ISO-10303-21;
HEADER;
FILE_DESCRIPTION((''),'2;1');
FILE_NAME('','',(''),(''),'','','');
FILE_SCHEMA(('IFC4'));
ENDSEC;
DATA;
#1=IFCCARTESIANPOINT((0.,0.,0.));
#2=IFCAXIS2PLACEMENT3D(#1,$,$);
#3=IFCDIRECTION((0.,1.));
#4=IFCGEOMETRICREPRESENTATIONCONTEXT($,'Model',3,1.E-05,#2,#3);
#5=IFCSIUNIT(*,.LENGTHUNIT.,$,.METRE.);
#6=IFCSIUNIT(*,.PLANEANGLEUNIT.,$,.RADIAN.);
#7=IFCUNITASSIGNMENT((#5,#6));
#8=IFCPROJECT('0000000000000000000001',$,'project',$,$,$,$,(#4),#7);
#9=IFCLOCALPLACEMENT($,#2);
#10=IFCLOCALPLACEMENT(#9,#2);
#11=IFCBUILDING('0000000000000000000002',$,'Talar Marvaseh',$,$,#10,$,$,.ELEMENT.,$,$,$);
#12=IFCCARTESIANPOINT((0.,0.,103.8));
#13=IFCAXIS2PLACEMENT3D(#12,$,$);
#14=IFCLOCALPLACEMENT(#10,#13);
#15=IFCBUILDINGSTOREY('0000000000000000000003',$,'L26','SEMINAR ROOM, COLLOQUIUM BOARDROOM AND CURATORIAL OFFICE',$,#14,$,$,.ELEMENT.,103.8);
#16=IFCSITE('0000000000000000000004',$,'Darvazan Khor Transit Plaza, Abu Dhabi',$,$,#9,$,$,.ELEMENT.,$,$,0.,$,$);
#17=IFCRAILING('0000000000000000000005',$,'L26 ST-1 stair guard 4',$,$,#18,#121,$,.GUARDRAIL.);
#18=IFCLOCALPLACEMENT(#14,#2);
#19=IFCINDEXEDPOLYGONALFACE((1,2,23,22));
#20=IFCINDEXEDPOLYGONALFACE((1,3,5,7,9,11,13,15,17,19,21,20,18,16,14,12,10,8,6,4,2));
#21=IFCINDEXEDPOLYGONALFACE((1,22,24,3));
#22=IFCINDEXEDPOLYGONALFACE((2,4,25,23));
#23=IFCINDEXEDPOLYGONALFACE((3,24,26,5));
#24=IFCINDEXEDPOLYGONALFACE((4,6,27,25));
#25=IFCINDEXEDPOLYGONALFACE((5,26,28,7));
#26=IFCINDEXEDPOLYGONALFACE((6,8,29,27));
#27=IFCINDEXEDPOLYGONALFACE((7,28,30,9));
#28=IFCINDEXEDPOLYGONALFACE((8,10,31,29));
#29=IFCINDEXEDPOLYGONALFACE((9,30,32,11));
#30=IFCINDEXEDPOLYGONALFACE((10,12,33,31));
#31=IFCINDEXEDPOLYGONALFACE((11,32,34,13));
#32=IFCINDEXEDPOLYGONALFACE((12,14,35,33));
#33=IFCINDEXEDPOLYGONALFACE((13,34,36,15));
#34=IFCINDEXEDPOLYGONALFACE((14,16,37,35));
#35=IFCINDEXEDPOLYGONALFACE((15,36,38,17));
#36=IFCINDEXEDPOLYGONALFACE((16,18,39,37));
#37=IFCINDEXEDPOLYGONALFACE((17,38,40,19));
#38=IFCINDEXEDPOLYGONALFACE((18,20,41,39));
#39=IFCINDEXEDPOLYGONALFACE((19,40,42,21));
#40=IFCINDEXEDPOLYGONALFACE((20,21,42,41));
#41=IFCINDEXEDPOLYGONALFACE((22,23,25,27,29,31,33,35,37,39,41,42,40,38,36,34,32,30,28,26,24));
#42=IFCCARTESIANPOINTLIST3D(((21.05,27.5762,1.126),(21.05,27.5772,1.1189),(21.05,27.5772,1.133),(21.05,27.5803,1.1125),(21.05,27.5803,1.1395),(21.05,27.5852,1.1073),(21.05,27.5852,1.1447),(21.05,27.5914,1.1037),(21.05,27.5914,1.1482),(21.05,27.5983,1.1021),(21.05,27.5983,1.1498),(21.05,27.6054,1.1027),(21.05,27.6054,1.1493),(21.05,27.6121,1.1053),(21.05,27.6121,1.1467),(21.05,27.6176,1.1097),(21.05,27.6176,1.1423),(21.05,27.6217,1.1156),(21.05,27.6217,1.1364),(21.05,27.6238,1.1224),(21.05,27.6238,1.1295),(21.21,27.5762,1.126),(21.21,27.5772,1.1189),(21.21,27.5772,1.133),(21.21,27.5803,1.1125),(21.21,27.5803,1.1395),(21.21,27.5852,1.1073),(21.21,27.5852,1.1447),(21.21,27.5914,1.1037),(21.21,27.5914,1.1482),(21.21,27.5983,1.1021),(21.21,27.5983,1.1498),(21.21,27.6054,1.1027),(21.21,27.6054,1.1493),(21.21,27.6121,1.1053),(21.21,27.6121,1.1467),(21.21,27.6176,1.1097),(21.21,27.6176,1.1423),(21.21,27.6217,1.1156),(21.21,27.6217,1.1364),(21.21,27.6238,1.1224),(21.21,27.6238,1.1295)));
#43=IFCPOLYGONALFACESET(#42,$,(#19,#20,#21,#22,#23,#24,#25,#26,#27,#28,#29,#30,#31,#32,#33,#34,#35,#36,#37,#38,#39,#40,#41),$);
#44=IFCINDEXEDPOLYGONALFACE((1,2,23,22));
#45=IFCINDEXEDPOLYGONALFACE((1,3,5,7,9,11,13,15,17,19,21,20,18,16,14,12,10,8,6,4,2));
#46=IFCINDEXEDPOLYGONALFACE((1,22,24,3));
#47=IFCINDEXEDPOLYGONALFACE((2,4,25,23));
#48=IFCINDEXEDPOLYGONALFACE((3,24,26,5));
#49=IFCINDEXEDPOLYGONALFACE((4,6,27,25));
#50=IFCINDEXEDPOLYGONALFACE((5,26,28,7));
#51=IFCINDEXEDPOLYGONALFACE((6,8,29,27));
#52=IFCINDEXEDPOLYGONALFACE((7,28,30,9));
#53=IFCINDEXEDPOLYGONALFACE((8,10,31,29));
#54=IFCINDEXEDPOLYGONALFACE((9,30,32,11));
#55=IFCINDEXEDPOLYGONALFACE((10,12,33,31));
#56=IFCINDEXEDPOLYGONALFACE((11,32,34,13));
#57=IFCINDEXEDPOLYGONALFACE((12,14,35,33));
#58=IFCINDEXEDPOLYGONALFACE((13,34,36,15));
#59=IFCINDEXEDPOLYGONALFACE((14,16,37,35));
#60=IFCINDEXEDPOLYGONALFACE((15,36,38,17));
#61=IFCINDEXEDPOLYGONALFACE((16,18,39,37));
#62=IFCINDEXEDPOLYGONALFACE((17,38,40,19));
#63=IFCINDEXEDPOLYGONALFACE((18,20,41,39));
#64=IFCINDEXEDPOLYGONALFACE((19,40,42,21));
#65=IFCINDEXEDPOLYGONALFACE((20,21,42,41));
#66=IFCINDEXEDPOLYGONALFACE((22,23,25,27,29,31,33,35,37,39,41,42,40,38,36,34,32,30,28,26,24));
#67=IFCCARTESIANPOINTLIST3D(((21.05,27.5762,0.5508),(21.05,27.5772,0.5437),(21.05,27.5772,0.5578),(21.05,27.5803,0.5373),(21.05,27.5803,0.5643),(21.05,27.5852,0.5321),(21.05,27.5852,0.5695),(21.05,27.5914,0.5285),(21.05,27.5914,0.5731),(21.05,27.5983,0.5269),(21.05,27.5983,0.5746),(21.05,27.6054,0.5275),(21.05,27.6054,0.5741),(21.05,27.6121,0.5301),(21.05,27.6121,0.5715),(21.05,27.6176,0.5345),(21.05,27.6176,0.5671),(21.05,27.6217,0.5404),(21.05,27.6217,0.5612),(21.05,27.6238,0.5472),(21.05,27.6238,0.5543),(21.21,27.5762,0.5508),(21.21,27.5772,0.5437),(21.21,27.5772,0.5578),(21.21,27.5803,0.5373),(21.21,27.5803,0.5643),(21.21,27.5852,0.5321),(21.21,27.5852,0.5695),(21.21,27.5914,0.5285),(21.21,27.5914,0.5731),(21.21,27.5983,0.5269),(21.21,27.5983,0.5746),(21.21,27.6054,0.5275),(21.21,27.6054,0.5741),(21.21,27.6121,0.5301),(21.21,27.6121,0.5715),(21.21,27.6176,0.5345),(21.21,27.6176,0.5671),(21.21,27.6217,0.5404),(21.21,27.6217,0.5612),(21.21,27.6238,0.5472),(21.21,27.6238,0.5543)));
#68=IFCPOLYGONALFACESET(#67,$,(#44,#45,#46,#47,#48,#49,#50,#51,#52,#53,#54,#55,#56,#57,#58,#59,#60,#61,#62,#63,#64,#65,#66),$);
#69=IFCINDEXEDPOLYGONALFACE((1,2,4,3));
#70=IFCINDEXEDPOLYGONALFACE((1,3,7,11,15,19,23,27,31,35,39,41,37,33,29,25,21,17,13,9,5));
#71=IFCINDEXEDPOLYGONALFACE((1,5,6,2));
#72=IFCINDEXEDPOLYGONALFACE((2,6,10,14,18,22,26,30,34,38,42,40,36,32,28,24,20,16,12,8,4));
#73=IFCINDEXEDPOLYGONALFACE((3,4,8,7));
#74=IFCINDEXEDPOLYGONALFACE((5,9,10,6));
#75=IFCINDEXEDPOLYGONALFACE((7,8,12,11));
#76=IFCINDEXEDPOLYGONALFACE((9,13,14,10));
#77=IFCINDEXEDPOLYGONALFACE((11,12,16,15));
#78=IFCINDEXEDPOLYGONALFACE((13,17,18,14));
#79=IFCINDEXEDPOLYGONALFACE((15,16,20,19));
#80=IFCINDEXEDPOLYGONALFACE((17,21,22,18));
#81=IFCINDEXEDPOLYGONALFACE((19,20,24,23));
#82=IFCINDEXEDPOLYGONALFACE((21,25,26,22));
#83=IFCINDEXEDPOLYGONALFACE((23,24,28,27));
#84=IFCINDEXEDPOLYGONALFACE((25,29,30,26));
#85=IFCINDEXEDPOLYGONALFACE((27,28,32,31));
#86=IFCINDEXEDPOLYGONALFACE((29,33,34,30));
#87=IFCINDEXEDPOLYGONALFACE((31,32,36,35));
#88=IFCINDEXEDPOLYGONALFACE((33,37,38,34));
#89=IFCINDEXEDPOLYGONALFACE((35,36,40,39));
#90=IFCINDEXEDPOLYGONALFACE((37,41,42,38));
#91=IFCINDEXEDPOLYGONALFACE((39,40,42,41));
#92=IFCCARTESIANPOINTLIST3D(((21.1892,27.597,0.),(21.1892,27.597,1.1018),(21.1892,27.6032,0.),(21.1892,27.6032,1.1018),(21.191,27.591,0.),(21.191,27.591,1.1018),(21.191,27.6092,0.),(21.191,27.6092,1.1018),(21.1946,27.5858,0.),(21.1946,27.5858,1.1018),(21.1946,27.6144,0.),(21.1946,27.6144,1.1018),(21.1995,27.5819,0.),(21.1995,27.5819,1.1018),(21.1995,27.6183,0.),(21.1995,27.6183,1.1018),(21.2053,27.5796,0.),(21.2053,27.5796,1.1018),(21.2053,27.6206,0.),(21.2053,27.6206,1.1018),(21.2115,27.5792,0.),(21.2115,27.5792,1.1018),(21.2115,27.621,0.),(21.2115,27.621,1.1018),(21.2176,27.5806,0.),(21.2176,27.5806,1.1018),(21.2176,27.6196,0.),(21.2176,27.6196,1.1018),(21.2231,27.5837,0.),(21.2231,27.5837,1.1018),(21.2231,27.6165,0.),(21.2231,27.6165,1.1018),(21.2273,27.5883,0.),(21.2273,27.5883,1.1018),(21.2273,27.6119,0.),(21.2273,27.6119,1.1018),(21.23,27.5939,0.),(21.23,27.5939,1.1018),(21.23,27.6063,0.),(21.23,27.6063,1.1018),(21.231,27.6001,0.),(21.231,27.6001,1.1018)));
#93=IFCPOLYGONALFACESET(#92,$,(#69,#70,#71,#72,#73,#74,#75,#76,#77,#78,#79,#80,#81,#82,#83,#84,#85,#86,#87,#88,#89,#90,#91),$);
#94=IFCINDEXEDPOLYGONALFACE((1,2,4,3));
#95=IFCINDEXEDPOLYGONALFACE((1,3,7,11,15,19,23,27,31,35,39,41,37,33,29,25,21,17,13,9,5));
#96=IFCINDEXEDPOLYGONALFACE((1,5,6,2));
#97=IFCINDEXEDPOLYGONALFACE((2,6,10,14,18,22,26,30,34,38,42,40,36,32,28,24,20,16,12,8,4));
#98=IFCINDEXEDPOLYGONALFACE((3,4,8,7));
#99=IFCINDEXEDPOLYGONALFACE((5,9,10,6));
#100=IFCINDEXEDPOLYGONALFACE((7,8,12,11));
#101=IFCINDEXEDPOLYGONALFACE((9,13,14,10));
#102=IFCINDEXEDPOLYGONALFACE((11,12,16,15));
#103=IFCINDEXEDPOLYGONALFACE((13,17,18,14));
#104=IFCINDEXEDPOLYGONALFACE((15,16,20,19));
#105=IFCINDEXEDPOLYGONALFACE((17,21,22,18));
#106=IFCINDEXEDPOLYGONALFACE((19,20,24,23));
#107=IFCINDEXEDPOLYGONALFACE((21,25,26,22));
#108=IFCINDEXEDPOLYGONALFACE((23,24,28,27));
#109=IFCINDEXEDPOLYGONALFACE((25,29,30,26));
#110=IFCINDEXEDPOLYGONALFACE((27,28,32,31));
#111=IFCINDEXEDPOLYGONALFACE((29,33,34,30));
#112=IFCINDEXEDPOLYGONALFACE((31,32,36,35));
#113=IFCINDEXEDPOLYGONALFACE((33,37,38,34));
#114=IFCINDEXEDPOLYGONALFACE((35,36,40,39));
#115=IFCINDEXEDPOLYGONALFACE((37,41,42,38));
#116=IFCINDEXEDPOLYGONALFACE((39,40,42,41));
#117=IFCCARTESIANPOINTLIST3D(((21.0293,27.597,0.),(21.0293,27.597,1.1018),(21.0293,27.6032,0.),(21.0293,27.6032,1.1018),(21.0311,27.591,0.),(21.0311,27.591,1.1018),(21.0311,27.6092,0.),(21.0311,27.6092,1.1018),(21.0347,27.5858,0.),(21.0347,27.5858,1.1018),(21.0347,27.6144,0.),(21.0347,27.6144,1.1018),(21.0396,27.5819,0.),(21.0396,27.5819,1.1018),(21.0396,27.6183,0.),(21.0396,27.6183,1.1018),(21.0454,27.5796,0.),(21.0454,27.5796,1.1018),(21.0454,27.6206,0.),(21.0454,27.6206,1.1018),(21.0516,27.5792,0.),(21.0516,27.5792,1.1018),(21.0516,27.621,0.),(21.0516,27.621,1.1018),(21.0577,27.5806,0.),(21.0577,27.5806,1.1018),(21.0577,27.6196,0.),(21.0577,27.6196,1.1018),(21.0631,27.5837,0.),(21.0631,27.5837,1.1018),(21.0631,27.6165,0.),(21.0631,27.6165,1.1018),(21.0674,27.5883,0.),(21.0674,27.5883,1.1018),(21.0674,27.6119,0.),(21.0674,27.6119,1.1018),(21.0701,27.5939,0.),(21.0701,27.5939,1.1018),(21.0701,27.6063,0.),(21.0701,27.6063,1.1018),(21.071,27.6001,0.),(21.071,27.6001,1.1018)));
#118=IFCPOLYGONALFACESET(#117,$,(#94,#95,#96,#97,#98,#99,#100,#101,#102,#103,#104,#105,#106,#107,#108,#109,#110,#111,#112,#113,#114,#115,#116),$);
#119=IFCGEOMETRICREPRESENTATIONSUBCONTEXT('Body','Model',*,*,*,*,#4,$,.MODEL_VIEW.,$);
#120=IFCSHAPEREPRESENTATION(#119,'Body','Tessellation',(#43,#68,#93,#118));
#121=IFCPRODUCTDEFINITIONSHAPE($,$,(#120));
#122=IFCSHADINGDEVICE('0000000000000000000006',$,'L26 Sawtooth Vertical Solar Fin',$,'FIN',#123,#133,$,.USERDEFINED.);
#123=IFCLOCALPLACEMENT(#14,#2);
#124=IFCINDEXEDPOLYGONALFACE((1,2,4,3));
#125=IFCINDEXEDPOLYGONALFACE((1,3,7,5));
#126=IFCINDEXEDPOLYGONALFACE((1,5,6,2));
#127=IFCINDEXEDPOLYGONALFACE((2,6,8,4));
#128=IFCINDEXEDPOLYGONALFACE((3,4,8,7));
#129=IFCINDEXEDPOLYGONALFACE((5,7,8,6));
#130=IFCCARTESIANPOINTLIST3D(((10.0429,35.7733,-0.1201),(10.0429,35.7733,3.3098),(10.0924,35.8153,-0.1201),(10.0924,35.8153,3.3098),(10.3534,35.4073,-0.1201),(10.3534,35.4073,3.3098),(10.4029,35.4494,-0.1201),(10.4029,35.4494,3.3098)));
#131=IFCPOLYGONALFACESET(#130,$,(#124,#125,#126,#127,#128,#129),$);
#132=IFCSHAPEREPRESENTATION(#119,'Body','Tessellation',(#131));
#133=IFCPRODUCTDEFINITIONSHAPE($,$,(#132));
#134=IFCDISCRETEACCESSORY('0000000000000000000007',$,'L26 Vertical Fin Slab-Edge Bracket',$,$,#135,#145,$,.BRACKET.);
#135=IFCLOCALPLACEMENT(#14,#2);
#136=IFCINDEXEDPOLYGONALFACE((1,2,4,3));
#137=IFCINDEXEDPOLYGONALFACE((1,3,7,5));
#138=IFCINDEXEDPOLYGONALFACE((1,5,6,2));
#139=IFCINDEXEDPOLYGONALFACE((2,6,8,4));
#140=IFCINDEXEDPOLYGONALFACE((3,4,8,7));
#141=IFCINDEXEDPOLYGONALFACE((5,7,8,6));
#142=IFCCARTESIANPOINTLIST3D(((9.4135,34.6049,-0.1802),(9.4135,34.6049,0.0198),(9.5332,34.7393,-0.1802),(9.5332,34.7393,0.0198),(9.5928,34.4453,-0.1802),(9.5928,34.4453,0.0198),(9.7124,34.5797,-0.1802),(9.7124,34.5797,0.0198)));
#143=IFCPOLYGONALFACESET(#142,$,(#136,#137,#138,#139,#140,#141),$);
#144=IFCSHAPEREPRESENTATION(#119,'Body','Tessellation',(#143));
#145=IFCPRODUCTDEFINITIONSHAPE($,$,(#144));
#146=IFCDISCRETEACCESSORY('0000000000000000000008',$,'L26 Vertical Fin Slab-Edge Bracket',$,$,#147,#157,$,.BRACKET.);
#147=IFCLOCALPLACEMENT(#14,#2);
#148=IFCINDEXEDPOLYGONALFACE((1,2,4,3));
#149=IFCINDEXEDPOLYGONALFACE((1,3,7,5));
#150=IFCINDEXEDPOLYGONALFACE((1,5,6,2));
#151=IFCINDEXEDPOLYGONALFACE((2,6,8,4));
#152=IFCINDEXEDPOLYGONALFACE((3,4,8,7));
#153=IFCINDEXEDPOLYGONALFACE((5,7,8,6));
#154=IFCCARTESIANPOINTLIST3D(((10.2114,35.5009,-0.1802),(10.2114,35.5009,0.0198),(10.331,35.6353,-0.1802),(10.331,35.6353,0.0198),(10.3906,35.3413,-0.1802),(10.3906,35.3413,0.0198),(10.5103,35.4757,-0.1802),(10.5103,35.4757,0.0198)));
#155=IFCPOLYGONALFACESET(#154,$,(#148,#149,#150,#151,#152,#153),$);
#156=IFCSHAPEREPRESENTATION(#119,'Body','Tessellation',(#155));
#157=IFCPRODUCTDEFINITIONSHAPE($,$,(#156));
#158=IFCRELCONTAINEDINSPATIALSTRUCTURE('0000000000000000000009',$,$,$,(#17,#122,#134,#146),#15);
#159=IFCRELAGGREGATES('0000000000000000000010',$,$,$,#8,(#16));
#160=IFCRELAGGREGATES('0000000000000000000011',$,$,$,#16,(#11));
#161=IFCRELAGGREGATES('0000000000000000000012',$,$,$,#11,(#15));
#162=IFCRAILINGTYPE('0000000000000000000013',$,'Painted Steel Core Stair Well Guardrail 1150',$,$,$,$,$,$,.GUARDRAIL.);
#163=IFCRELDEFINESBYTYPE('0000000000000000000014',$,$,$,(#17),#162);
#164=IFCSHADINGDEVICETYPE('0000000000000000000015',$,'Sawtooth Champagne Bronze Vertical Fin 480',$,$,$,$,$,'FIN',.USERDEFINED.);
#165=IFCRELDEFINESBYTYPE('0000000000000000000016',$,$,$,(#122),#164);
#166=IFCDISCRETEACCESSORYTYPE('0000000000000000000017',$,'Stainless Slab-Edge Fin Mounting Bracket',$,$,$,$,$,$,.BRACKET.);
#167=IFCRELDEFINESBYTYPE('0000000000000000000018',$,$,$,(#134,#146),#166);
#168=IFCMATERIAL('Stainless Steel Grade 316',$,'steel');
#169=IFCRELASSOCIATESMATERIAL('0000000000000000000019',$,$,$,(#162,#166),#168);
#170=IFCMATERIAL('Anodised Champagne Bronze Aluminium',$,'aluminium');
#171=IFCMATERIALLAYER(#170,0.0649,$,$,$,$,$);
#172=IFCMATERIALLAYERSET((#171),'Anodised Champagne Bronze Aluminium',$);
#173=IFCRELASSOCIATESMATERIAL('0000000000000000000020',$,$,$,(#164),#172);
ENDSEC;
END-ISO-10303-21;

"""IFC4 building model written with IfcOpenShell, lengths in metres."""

from ifc_helpers import new_model, si_unit, direction, frame, origin, origin_2d, place, context, subcontext, project, spatial, rectangle, circle, extrude, source, transform, mapped, material, layer, layer_set, type_object, type_shapes, element, save


model = new_model("IFC4")

# Units and contexts
model_context = context("Model", 3, precision=1e-05, world=origin(), true_north=direction((0.0, 1.0)))
body_context = subcontext(model_context, "Body", "Model", "MODEL_VIEW")
ifc_project = project(units=[si_unit("LENGTHUNIT", "METRE"), si_unit("PLANEANGLEUNIT", "RADIAN")], contexts=[model_context])

# Site, building, storey
site_placement = place(None, origin())
site = spatial("IfcSite", under=ifc_project, at=site_placement, Name="Darvazan Khor Transit Plaza, Abu Dhabi", CompositionType="ELEMENT", RefElevation=0.0)
building_placement = place(site_placement, origin())
building = spatial("IfcBuilding", under=site, at=building_placement, Name="Talar Marvaseh", CompositionType="ELEMENT")
storey_placement = place(building_placement, frame((0.0, 0.0, 103.8)))
storey = spatial("IfcBuildingStorey", under=building, at=storey_placement, Name="L26", Description="SEMINAR ROOM, COLLOQUIUM BOARDROOM AND CURATORIAL OFFICE", CompositionType="ELEMENT", Elevation=103.8)

# Railing
ifc_material_1 = material(Name="Stainless Steel Grade 316", Category="steel")
railing_type_1 = type_object("IfcRailingType", Name="Painted Steel Core Stair Well Guardrail 1150", PredefinedType="GUARDRAIL", material=ifc_material_1)
railing_1_placement = place(storey_placement, frame((21.21, 27.6001, 0.0)))
element("IfcRailing", 1, at=railing_1_placement, inside=storey, type_object=railing_type_1, Name="L26 ST-1 stair guard 4", PredefinedType="GUARDRAIL", context=body_context, shape_type="SweptSolid", body=[
    extrude(circle(Radius=0.0239, at=origin_2d()), frame((0.0, 0.0, 1.126), z_axis=(-1.0, 0.0, 0.0), x_axis=(0.0, -1.0, 0.0)), (0.0, 0.0, 1.0), 0.1599),
    extrude(circle(Radius=0.0239, at=origin_2d()), frame((0.0, 0.0, 0.5508), z_axis=(-1.0, 0.0, 0.0), x_axis=(0.0, -1.0, 0.0)), (0.0, 0.0, 1.0), 0.1599),
    extrude(circle(Radius=0.021, at=origin_2d()), origin(), (0.0, 0.0, 1.0), 1.1018),
    extrude(circle(Radius=0.021, at=origin_2d()), frame((-0.1599, 0.0, 0.0)), (0.0, 0.0, 1.0), 1.1018),
])

# Shading device
ifc_material_2 = material(Name="Anodised Champagne Bronze Aluminium", Category="aluminium")
ifc_layer_1 = layer(ifc_material_2, 0.0649)
ifc_layer_set_1 = layer_set([ifc_layer_1], Name="Anodised Champagne Bronze Aluminium")
shading_device_type = type_object("IfcShadingDeviceType", Name="Sawtooth Champagne Bronze Vertical Fin 480", ElementType="FIN", PredefinedType="USERDEFINED", material=ifc_layer_set_1)
shared_shape_1 = source(origin(), body_context, "Body", "SweptSolid", [
    extrude(rectangle(XDim=0.48, YDim=0.0649, at=origin_2d()), origin(), (0.0, 0.0, 1.0), 3.4299),
])
type_shapes(shading_device_type, [shared_shape_1])
shading_device_placement = place(storey_placement, frame((10.2229, 35.6113, -0.1201), z_axis=(0.0, 0.0, 1.0), x_axis=(-0.647056, 0.762443, 0.0)))
element("IfcShadingDevice", 2, at=shading_device_placement, inside=storey, type_object=shading_device_type, Name="L26 Sawtooth Vertical Solar Fin", ObjectType="FIN", PredefinedType="USERDEFINED", context=body_context, shape_type="MappedRepresentation", body=[
    mapped(shared_shape_1, transform((0.0, 0.0, 0.0), x_axis=(1.0, 0.0, 0.0), y_axis=(0.0, 1.0, 0.0), z_axis=(0.0, 0.0, 1.0), scale=1.0)),
])

# Discrete accessories
discrete_accessory_type = type_object("IfcDiscreteAccessoryType", Name="Stainless Slab-Edge Fin Mounting Bracket", PredefinedType="BRACKET", material=ifc_material_1)
shared_shape_2 = source(origin(), body_context, "Body", "SweptSolid", [
    extrude(rectangle(XDim=0.24, YDim=0.1799, at=origin_2d()), origin(), (0.0, 0.0, 1.0), 0.2),
])
type_shapes(discrete_accessory_type, [shared_shape_2])
for number, where, z_axis, x_axis, name in (
    (3, (9.563, 34.5923, -0.1802), (0.0, 0.0, 1.0), (-0.74687, 0.66497, 0.0), "L26 Vertical Fin Slab-Edge Bracket"),
    (4, (10.3608, 35.4883, -0.1802), (0.0, 0.0, 1.0), (-0.74687, 0.66497, 0.0), "L26 Vertical Fin Slab-Edge Bracket"),
):
    element("IfcDiscreteAccessory", number, at=place(storey_placement, frame(where, z_axis=z_axis, x_axis=x_axis)), inside=storey, type_object=discrete_accessory_type, Name=name, PredefinedType="BRACKET", context=body_context, shape_type="MappedRepresentation", body=[
        mapped(shared_shape_2, transform((0.0, 0.0, 0.0), x_axis=(1.0, 0.0, 0.0), y_axis=(0.0, 1.0, 0.0), z_axis=(0.0, 0.0, 1.0), scale=1.0)),
    ])

save(model, "model.ifc")
